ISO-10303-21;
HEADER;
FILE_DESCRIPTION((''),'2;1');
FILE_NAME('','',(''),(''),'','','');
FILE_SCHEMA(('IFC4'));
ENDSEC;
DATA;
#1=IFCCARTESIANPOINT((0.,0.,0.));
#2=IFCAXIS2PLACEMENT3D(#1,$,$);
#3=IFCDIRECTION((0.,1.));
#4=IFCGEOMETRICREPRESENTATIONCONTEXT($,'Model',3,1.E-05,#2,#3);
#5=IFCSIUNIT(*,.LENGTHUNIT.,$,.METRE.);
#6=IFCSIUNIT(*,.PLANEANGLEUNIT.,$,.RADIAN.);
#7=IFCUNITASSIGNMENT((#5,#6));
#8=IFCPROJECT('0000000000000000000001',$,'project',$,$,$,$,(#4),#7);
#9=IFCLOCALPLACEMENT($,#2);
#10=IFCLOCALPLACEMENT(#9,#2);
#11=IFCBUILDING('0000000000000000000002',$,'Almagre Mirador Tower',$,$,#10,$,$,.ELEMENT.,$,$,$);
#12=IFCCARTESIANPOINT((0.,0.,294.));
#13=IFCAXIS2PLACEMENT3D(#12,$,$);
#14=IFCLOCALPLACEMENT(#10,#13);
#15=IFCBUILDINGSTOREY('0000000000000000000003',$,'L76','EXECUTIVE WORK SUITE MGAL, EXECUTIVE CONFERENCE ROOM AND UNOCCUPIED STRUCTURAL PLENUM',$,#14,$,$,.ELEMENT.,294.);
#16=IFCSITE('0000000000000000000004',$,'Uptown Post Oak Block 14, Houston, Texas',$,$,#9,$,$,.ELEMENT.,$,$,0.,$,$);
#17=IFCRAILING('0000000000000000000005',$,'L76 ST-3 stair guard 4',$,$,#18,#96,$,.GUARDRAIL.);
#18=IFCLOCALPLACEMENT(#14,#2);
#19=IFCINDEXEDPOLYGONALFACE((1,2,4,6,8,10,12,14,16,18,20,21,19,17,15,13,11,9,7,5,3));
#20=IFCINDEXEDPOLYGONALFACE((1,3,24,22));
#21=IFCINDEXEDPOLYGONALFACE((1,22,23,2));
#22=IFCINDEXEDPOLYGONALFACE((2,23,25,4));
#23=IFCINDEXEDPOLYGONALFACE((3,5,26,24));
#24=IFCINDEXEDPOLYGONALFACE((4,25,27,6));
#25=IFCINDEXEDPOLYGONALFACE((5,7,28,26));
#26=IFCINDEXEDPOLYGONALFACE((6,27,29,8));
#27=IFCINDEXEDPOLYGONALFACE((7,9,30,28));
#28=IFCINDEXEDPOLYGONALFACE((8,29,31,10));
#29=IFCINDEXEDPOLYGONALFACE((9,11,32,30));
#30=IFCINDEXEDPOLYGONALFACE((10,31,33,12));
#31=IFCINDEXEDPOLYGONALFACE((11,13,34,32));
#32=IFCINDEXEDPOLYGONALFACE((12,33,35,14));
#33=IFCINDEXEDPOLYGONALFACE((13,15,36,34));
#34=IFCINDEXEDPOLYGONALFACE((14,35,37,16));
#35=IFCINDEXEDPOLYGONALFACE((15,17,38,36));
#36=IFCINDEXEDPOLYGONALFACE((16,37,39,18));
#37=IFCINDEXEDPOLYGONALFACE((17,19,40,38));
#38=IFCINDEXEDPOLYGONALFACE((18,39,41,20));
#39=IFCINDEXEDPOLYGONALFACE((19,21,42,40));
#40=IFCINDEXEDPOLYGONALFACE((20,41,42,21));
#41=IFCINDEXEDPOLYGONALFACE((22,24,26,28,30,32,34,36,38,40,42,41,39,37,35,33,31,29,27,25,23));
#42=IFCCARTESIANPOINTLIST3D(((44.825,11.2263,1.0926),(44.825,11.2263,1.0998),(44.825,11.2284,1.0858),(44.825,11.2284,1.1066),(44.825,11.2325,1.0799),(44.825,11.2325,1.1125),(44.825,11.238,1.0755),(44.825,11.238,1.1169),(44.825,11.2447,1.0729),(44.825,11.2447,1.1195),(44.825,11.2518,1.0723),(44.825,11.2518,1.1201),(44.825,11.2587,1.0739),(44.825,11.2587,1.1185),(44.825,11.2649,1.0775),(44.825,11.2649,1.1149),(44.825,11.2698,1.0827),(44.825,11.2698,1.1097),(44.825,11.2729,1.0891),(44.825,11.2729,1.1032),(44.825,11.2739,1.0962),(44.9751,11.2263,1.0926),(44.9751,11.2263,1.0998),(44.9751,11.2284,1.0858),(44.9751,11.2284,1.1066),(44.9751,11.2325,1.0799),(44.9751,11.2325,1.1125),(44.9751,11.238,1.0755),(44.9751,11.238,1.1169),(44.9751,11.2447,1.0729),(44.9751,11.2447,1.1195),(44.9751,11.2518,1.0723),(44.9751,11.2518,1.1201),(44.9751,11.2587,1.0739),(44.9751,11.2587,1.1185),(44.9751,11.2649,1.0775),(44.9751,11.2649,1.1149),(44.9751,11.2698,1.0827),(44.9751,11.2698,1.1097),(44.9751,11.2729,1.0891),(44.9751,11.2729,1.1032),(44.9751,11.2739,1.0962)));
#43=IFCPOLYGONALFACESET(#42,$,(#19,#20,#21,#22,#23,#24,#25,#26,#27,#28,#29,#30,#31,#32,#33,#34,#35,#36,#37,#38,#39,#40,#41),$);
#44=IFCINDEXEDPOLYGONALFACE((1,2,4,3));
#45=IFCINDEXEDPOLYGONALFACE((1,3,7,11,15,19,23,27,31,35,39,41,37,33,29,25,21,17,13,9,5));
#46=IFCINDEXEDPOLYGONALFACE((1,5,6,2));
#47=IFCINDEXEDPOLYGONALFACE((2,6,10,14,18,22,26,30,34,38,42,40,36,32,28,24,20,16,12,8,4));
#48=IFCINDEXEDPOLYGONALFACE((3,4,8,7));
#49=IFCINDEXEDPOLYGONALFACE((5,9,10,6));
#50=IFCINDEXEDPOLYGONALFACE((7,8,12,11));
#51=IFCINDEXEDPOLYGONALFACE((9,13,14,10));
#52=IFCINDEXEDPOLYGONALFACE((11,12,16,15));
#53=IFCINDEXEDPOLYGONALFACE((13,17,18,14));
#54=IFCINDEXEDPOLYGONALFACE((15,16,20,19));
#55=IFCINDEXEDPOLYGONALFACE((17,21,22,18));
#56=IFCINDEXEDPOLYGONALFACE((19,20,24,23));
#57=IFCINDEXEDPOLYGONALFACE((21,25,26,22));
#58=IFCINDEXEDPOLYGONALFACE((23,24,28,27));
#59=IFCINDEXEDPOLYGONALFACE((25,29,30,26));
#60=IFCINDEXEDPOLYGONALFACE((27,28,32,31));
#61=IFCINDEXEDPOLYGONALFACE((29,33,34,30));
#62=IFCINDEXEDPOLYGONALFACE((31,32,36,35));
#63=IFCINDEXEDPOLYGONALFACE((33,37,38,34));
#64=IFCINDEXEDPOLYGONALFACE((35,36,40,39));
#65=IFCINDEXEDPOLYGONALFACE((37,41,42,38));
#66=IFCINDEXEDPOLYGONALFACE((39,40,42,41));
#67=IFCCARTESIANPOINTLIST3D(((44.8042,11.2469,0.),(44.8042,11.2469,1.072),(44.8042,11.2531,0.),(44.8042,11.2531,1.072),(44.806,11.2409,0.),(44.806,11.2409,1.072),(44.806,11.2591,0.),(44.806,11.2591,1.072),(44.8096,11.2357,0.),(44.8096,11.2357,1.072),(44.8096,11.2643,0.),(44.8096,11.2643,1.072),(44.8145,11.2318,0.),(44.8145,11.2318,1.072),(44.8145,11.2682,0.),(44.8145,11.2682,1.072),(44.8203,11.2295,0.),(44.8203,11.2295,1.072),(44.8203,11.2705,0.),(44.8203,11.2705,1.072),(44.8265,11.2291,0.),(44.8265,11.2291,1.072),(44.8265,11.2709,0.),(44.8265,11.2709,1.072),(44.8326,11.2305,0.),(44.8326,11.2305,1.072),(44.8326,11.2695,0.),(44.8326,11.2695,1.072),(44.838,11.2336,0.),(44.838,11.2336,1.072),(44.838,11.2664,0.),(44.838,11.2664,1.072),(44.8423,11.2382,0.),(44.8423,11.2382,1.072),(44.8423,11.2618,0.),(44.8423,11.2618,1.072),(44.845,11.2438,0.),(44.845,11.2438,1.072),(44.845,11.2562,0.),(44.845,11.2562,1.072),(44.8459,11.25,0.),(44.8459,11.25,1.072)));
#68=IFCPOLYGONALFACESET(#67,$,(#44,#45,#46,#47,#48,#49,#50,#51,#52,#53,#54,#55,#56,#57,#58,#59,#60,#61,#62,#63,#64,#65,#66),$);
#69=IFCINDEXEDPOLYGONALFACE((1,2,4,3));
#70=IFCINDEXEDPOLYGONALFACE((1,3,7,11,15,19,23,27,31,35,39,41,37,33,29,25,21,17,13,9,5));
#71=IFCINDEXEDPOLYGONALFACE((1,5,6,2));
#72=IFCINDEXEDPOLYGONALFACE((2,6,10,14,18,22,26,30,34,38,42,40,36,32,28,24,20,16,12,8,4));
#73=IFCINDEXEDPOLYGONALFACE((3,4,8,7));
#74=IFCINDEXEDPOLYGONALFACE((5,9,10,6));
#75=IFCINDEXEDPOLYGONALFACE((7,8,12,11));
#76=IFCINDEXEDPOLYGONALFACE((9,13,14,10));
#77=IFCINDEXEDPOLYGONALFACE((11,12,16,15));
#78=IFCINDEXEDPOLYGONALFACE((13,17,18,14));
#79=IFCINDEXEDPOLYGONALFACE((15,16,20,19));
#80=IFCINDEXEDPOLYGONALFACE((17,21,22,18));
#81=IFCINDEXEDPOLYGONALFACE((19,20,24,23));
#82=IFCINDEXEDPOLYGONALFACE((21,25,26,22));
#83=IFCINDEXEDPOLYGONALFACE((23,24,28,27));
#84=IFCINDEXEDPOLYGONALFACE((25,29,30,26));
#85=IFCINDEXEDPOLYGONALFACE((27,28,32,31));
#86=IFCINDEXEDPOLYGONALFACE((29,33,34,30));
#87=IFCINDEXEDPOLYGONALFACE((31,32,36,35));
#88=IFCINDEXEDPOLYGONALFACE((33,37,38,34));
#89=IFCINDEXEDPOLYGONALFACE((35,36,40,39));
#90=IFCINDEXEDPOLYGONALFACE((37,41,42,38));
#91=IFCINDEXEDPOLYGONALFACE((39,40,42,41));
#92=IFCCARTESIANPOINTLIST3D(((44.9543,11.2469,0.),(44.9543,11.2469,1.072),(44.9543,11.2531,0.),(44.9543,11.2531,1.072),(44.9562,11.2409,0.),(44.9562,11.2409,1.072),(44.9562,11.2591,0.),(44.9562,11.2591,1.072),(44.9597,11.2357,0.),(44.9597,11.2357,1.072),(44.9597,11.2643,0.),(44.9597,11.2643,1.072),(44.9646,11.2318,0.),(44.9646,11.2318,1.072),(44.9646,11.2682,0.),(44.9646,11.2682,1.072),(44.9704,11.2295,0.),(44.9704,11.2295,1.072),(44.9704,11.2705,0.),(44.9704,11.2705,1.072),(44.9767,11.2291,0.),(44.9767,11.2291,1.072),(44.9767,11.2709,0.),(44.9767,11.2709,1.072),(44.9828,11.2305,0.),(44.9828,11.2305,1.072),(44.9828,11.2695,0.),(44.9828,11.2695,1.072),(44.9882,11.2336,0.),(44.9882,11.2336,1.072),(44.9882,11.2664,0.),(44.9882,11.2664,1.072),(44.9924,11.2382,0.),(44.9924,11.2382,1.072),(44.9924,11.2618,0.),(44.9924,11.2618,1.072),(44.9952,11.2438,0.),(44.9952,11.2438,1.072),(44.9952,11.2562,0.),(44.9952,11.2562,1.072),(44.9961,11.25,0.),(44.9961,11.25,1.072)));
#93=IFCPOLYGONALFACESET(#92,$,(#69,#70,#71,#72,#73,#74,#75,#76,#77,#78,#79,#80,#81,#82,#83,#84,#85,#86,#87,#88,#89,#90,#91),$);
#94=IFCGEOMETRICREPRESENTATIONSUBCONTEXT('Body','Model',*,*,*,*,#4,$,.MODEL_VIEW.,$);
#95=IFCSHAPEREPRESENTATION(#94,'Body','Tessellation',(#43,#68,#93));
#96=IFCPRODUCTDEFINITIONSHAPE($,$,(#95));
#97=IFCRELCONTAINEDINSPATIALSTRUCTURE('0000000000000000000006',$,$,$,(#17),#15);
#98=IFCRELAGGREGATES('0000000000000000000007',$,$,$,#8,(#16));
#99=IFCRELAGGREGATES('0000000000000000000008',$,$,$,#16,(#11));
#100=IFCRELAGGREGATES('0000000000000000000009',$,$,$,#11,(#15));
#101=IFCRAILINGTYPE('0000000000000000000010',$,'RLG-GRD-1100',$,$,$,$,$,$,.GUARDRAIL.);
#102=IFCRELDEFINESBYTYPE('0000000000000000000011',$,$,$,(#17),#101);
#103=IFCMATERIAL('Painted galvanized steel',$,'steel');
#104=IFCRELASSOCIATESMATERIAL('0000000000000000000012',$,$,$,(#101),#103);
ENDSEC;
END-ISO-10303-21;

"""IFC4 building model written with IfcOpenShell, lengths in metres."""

from ifc_helpers import new_model, si_unit, direction, frame, origin, origin_2d, place, context, subcontext, project, spatial, circle, extrude, material, type_object, element, save


model = new_model("IFC4")

# Units and contexts
model_context = context("Model", 3, precision=1e-05, world=origin(), true_north=direction((0.0, 1.0)))
body_context = subcontext(model_context, "Body", "Model", "MODEL_VIEW")
ifc_project = project(units=[si_unit("LENGTHUNIT", "METRE"), si_unit("PLANEANGLEUNIT", "RADIAN")], contexts=[model_context])

# Site, building, storey
site_placement = place(None, origin())
site = spatial("IfcSite", under=ifc_project, at=site_placement, Name="Uptown Post Oak Block 14, Houston, Texas", CompositionType="ELEMENT", RefElevation=0.0)
building_placement = place(site_placement, origin())
building = spatial("IfcBuilding", under=site, at=building_placement, Name="Almagre Mirador Tower", CompositionType="ELEMENT")
storey_placement = place(building_placement, frame((0.0, 0.0, 294.0)))
storey = spatial("IfcBuildingStorey", under=building, at=storey_placement, Name="L76", Description="EXECUTIVE WORK SUITE MGAL, EXECUTIVE CONFERENCE ROOM AND UNOCCUPIED STRUCTURAL PLENUM", CompositionType="ELEMENT", Elevation=294.0)

# Railing
ifc_material_1 = material(Name="Painted galvanized steel", Category="steel")
railing_type_1 = type_object("IfcRailingType", Name="RLG-GRD-1100", PredefinedType="GUARDRAIL", material=ifc_material_1)
railing_1_placement = place(storey_placement, frame((44.825, 11.25, 0.0)))
element("IfcRailing", 1, at=railing_1_placement, inside=storey, type_object=railing_type_1, Name="L76 ST-3 stair guard 4", PredefinedType="GUARDRAIL", context=body_context, shape_type="SweptSolid", body=[
    extrude(circle(Radius=0.0239, at=origin_2d()), frame((0.0, 0.0, 1.0962), z_axis=(1.0, 0.0, 0.0), x_axis=(0.0, 1.0, 0.0)), (0.0, 0.0, 1.0), 0.1501),
    extrude(circle(Radius=0.021, at=origin_2d()), origin(), (0.0, 0.0, 1.0), 1.072),
    extrude(circle(Radius=0.021, at=origin_2d()), frame((0.1501, 0.0, 0.0)), (0.0, 0.0, 1.0), 1.072),
])

save(model, "model.ifc")
